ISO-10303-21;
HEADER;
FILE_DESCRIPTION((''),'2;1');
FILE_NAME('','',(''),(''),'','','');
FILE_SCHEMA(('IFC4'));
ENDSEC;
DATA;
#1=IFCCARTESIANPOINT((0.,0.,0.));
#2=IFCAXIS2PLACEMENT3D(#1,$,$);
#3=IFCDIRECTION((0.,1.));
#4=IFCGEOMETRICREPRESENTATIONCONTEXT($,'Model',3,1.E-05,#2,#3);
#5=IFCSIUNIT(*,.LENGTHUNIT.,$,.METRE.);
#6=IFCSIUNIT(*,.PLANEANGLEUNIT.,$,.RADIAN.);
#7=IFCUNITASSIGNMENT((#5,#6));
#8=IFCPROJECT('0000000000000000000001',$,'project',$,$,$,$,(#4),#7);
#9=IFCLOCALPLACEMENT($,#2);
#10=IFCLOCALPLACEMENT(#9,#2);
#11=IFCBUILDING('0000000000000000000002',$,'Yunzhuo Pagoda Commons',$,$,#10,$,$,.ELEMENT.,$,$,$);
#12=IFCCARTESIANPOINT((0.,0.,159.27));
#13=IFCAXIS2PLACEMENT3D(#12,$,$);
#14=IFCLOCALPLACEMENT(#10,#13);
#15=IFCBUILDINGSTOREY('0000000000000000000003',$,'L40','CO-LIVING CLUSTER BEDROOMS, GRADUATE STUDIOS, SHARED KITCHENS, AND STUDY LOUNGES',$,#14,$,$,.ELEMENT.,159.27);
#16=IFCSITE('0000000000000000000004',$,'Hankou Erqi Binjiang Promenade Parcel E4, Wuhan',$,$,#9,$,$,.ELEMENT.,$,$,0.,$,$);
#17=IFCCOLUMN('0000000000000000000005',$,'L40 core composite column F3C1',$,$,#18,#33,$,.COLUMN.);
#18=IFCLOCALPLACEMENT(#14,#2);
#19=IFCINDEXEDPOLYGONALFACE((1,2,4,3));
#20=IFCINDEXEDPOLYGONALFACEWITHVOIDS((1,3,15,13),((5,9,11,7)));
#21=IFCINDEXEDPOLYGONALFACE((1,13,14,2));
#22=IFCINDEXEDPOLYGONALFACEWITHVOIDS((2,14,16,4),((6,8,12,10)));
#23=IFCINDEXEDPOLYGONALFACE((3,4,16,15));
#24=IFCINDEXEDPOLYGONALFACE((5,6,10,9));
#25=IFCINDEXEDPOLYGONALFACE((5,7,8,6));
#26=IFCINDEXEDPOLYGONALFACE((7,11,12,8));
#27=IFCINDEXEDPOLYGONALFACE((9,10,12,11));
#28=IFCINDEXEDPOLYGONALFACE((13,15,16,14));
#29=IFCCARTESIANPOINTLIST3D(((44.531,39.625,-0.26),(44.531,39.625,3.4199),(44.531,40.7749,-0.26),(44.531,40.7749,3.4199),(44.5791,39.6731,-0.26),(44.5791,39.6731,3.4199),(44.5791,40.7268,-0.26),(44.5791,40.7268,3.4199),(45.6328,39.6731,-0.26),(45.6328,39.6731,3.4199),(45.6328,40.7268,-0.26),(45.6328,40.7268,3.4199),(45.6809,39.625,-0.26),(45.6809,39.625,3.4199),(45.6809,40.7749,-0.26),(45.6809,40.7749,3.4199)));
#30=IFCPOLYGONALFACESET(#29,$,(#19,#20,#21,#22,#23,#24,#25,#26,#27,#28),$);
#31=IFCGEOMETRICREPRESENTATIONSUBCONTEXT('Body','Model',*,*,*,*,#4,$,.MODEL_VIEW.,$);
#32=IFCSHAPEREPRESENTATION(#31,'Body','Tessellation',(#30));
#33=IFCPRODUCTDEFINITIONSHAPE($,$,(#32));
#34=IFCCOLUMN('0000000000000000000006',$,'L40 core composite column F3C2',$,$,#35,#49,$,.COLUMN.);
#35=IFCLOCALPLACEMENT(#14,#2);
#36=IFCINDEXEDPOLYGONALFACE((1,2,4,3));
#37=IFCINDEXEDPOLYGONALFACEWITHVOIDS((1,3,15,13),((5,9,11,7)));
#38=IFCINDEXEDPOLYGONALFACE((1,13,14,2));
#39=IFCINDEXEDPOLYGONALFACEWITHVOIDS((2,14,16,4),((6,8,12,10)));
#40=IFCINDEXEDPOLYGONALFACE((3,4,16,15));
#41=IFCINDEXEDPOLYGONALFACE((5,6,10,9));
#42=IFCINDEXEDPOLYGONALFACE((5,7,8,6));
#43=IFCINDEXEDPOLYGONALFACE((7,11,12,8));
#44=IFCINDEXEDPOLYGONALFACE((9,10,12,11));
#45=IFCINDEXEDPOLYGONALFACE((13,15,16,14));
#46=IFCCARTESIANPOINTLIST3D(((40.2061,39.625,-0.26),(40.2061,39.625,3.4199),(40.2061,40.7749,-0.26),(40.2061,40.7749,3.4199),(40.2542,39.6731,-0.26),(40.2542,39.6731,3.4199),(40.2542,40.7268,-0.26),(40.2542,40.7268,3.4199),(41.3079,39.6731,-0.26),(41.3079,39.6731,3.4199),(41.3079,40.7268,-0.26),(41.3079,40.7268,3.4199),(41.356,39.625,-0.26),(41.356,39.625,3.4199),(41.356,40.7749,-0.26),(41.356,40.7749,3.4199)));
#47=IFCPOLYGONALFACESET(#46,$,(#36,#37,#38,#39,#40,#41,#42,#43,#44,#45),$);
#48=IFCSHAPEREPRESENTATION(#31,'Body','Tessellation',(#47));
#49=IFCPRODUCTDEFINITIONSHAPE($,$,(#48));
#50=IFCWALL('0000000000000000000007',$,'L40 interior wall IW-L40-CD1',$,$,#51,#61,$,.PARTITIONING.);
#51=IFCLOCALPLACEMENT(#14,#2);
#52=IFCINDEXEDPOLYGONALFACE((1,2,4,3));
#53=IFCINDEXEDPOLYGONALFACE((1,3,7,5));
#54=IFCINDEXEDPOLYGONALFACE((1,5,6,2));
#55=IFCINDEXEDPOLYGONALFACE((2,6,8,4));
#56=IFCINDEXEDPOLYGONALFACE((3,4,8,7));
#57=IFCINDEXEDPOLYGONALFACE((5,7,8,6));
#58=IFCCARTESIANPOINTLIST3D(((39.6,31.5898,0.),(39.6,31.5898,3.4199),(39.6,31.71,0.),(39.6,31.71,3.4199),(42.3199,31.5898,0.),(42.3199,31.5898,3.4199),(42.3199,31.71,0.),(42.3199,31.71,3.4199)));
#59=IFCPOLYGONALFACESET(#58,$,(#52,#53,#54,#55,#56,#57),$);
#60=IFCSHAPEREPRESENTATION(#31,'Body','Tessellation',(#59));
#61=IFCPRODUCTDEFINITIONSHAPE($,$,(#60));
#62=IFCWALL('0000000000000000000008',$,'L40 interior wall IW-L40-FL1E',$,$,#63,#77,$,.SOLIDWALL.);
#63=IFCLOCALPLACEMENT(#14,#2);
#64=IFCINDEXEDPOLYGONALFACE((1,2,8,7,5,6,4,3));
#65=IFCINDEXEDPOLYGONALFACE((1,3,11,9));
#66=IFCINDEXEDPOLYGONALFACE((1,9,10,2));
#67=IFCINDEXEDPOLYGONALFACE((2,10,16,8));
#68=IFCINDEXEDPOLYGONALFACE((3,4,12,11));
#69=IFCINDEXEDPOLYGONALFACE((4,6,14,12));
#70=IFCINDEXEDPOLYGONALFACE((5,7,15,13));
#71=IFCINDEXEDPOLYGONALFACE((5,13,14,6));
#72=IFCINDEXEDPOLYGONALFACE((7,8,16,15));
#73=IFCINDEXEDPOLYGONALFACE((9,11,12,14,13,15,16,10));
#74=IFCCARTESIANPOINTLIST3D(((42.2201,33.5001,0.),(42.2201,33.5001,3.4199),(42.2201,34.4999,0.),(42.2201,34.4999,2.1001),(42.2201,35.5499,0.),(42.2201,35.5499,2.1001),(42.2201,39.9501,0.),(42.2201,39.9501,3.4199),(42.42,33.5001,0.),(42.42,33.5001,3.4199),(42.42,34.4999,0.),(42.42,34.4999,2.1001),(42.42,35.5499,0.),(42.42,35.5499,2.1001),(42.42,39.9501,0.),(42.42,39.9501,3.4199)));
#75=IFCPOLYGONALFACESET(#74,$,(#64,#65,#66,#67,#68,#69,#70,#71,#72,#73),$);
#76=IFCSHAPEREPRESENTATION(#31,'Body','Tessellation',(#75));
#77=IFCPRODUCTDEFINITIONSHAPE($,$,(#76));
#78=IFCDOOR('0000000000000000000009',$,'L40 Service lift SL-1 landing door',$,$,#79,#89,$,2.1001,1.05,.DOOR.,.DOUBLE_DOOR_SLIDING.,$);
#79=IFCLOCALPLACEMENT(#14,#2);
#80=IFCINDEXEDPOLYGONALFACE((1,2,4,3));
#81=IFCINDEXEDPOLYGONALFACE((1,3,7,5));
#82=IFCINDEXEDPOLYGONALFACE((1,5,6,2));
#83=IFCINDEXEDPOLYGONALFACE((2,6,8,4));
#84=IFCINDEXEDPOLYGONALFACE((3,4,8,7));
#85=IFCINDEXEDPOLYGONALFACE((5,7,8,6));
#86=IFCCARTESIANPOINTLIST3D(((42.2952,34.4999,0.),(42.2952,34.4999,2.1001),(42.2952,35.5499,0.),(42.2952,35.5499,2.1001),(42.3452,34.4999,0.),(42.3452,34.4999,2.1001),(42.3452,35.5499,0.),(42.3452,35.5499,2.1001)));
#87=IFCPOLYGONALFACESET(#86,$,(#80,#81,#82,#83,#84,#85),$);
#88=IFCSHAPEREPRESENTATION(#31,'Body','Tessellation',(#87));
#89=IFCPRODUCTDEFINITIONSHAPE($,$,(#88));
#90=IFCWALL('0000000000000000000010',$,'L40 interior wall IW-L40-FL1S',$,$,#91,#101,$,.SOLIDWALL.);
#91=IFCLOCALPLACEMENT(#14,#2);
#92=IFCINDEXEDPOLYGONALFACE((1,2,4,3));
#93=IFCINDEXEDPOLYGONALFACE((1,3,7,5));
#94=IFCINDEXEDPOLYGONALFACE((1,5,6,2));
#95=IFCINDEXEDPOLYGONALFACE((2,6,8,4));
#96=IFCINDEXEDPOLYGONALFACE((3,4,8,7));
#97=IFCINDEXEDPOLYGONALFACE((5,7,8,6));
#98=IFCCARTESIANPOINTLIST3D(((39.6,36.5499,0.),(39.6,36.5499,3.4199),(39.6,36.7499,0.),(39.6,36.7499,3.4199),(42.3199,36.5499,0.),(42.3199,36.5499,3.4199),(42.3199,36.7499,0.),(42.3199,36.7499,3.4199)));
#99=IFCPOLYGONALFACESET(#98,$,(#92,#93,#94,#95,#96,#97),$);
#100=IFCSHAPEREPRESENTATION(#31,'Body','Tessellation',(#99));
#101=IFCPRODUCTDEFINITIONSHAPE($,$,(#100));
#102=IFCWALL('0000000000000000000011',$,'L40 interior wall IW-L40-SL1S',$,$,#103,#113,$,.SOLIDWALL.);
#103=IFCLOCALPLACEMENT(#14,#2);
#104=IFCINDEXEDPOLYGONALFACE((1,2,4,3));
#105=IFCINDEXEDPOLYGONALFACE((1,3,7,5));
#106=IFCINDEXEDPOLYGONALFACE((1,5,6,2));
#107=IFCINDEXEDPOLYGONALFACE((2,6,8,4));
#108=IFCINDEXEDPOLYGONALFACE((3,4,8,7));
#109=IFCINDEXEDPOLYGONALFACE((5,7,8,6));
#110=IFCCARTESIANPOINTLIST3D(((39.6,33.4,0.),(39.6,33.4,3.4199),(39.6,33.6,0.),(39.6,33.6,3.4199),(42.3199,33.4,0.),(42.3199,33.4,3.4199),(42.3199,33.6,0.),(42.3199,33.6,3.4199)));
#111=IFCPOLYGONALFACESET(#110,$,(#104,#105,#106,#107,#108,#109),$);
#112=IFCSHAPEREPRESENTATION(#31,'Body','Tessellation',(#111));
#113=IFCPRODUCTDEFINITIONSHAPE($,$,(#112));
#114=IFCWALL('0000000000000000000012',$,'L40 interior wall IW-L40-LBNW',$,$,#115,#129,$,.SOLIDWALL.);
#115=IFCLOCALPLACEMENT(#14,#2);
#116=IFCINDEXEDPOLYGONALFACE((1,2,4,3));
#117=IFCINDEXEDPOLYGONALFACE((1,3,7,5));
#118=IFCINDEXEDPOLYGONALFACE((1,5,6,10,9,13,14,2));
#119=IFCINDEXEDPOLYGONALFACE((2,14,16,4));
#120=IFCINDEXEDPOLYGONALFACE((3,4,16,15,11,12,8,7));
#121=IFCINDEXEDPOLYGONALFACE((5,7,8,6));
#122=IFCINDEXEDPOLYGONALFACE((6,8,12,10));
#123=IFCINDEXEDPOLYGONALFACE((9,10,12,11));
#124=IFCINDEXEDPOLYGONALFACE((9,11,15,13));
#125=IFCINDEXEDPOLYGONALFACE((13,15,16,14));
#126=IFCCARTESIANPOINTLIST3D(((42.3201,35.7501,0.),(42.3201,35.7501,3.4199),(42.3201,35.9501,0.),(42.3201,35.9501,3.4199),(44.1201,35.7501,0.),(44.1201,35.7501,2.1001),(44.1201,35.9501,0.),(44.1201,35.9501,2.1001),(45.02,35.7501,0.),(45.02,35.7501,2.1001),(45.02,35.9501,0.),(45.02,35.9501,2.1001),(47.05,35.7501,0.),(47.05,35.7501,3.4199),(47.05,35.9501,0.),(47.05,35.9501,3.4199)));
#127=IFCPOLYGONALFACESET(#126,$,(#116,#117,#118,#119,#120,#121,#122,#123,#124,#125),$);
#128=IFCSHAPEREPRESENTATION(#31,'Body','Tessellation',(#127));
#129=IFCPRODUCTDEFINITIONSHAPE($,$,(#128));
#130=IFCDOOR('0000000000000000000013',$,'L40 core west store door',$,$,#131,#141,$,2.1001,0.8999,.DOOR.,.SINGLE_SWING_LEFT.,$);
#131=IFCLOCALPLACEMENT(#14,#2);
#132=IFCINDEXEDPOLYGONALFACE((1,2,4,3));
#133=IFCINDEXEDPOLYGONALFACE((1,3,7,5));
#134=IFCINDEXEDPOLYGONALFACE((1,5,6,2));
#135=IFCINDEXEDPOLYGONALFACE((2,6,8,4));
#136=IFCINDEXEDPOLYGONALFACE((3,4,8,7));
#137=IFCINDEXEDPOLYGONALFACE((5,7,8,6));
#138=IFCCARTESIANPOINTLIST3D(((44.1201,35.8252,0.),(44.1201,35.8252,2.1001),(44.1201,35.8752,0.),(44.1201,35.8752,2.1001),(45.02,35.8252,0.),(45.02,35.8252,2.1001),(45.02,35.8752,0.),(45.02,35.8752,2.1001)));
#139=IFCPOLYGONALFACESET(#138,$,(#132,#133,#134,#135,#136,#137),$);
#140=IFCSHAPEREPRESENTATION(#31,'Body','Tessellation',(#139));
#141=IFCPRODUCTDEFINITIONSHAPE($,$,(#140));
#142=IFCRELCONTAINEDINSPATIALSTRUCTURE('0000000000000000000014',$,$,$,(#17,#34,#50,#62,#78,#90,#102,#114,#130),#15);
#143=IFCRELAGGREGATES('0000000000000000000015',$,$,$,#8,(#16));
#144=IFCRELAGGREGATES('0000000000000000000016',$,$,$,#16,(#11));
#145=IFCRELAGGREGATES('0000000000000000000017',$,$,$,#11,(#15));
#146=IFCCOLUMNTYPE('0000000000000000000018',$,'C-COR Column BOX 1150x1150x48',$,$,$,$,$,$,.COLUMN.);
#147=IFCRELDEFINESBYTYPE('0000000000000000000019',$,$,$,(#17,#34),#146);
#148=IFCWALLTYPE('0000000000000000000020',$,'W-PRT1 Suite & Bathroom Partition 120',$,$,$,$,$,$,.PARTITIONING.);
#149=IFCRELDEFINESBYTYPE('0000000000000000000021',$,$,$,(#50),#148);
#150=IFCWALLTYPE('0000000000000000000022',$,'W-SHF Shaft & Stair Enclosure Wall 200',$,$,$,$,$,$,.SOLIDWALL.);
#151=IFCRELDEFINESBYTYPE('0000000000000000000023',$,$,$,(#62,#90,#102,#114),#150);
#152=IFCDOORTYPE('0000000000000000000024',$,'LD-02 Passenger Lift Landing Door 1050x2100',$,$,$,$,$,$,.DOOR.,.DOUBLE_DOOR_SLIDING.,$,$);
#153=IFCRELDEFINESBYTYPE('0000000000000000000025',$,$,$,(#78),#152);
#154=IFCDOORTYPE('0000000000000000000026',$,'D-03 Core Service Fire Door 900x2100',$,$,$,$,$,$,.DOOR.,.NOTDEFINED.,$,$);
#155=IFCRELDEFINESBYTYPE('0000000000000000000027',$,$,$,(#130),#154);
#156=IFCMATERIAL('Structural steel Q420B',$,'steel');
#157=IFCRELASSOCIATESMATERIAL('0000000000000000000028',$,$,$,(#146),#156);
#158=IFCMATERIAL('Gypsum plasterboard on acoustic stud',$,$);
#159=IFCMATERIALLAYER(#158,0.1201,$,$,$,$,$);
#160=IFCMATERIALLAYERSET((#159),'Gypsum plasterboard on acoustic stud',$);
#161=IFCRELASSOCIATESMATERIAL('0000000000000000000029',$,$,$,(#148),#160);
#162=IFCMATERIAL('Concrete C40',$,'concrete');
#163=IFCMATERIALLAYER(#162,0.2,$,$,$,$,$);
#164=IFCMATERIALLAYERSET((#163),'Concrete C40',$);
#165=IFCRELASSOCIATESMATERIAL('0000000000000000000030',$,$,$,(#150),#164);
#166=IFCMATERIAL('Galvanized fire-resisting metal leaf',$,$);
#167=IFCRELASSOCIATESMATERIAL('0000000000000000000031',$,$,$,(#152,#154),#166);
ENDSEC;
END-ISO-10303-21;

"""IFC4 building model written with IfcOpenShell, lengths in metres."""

from ifc_helpers import new_model, si_unit, direction, frame, frame_2d, origin, origin_with_axes, origin_2d, place, context, subcontext, project, spatial, rectangle, hollow_rectangle, extrude, source, transform, mapped, material, layer, layer_set, material_profile, profile_set, type_object, element, fill, save


model = new_model("IFC4")

# Units and contexts
model_context = context("Model", 3, precision=1e-05, world=origin(), true_north=direction((0.0, 1.0)))
body_context = subcontext(model_context, "Body", "Model", "MODEL_VIEW")
ifc_project = project(units=[si_unit("LENGTHUNIT", "METRE"), si_unit("PLANEANGLEUNIT", "RADIAN")], contexts=[model_context])

# Site, building, storey
site_placement = place(None, origin())
site = spatial("IfcSite", under=ifc_project, at=site_placement, Name="Hankou Erqi Binjiang Promenade Parcel E4, Wuhan", CompositionType="ELEMENT", RefElevation=0.0)
building_placement = place(site_placement, origin())
building = spatial("IfcBuilding", under=site, at=building_placement, Name="Yunzhuo Pagoda Commons", CompositionType="ELEMENT")
storey_placement = place(building_placement, frame((0.0, 0.0, 159.27)))
storey = spatial("IfcBuildingStorey", under=building, at=storey_placement, Name="L40", Description="CO-LIVING CLUSTER BEDROOMS, GRADUATE STUDIOS, SHARED KITCHENS, AND STUDY LOUNGES", CompositionType="ELEMENT", Elevation=159.27)

# Columns
ifc_material_1 = material(Name="Structural steel Q420B", Category="steel")
ifc_material_profile = material_profile(ifc_material_1, hollow_rectangle(XDim=1.1499, YDim=1.1499, WallThickness=0.0481, at=origin_2d()), Name="Structural steel Q420B")
ifc_profile_set = profile_set([ifc_material_profile], Name="Structural steel Q420B")
column_type = type_object("IfcColumnType", Name="C-COR Column BOX 1150x1150x48", PredefinedType="COLUMN", material=ifc_profile_set)
shared_shape_1 = source(origin(), body_context, "Body", "SweptSolid", [
    extrude(hollow_rectangle(XDim=1.1499, YDim=1.1499, WallThickness=0.0481, at=origin_2d()), origin(), (0.0, 0.0, 1.0), 3.6799),
])
for number, where, z_axis, x_axis, name in (
    (1, (45.106, 40.2, -0.26), (0.0, 0.0, 1.0), (1.0, 0.0, 0.0), "L40 core composite column F3C1"),
    (2, (40.781, 40.2, -0.26), (0.0, 0.0, 1.0), (1.0, 0.0, 0.0), "L40 core composite column F3C2"),
):
    element("IfcColumn", number, at=place(storey_placement, frame(where, z_axis=z_axis, x_axis=x_axis)), inside=storey, type_object=column_type, Name=name, PredefinedType="COLUMN", context=body_context, shape_type="MappedRepresentation", body=[
        mapped(shared_shape_1, transform((0.0, 0.0, 0.0), scale=1.0)),
    ])

# Wall
ifc_material_2 = material(Name="Gypsum plasterboard on acoustic stud")
ifc_layer_1 = layer(ifc_material_2, 0.1201)
ifc_layer_set_1 = layer_set([ifc_layer_1], Name="Gypsum plasterboard on acoustic stud")
wall_type_1 = type_object("IfcWallType", Name="W-PRT1 Suite & Bathroom Partition 120", PredefinedType="PARTITIONING", material=ifc_layer_set_1)
wall_1_placement = place(storey_placement, frame((39.6001, 31.6499, 0.0), z_axis=(0.0, 0.0, 1.0), x_axis=(1.0, 0.0, 0.0)))
element("IfcWall", 3, at=wall_1_placement, inside=storey, type_object=wall_type_1, Name="L40 interior wall IW-L40-CD1", PredefinedType="PARTITIONING", context=body_context, shape_type="SweptSolid", body=[
    extrude(rectangle(XDim=2.72, YDim=0.1201, at=frame_2d((1.3599, 0.0))), origin(), (0.0, 0.0, 1.0), 3.4199),
])

# Wall, opening, door
ifc_material_3 = material(Name="Concrete C40", Category="concrete")
ifc_layer_2 = layer(ifc_material_3, 0.2)
ifc_layer_set_2 = layer_set([ifc_layer_2], Name="Concrete C40")
wall_type_2 = type_object("IfcWallType", Name="W-SHF Shaft & Stair Enclosure Wall 200", PredefinedType="SOLIDWALL", material=ifc_layer_set_2)
wall_2_placement = place(storey_placement, frame((42.3201, 33.5, 0.0), z_axis=(0.0, 0.0, 1.0), x_axis=(0.0, 1.0, 0.0)))
wall_2 = element("IfcWall", 4, at=wall_2_placement, inside=storey, type_object=wall_type_2, Name="L40 interior wall IW-L40-FL1E", PredefinedType="SOLIDWALL", context=body_context, shape_type="SweptSolid", body=[
    extrude(rectangle(XDim=6.45, YDim=0.2, at=frame_2d((3.2251, 0.0))), origin(), (0.0, 0.0, 1.0), 3.4199),
])
opening_1_placement = place(wall_2_placement, frame((1.0, 0.0, 0.0)))
opening_1 = element("IfcOpeningElement", 5, at=opening_1_placement, cuts=wall_2, PredefinedType="OPENING", context=body_context, shape_type="SweptSolid", body=[
    extrude(rectangle(XDim=1.05, YDim=2.1001, at=frame_2d((0.5249, 1.05))), frame((0.0, 0.1099, 0.0), z_axis=(0.0, -1.0, 0.0), x_axis=(1.0, 0.0, 0.0)), (0.0, 0.0, 1.0), 0.22),
])
ifc_material_4 = material(Name="Galvanized fire-resisting metal leaf")
door_type_1 = type_object("IfcDoorType", Name="LD-02 Passenger Lift Landing Door 1050x2100", OperationType="DOUBLE_DOOR_SLIDING", PredefinedType="DOOR", material=ifc_material_4)
shared_shape_2 = source(origin(), body_context, "Body", "SweptSolid", [
    extrude(rectangle(XDim=1.05, YDim=2.1001, at=frame_2d((0.5249, 1.05))), frame((0.0, 0.0249, 0.0), z_axis=(0.0, -1.0, 0.0), x_axis=(1.0, 0.0, 0.0)), (0.0, 0.0, 1.0), 0.05),
])
door_1_placement = place(opening_1_placement, origin_with_axes())
door_1 = element("IfcDoor", 6, at=door_1_placement, inside=storey, type_object=door_type_1, Name="L40 Service lift SL-1 landing door", OperationType="DOUBLE_DOOR_SLIDING", OverallHeight=2.1001, OverallWidth=1.05, PredefinedType="DOOR", context=body_context, shape_type="MappedRepresentation", body=[
    mapped(shared_shape_2, transform((0.0, 0.0, 0.0), scale=1.0)),
])
fill(opening_1, door_1)

# Walls
for number, where, z_axis, x_axis, name in (
    (7, (39.6001, 36.6499, 0.0), (0.0, 0.0, 1.0), (1.0, 0.0, 0.0), "L40 interior wall IW-L40-FL1S"),
    (8, (39.6001, 33.5, 0.0), (0.0, 0.0, 1.0), (1.0, 0.0, 0.0), "L40 interior wall IW-L40-SL1S"),
):
    element("IfcWall", number, at=place(storey_placement, frame(where, z_axis=z_axis, x_axis=x_axis)), inside=storey, type_object=wall_type_2, Name=name, PredefinedType="SOLIDWALL", context=body_context, shape_type="SweptSolid", body=[
        extrude(rectangle(XDim=2.72, YDim=0.2, at=frame_2d((1.3599, 0.0))), origin(), (0.0, 0.0, 1.0), 3.4199),
    ])

# Wall, opening, door
wall_3_placement = place(storey_placement, frame((42.3201, 35.8501, 0.0), z_axis=(0.0, 0.0, 1.0), x_axis=(1.0, 0.0, 0.0)))
wall_3 = element("IfcWall", 9, at=wall_3_placement, inside=storey, type_object=wall_type_2, Name="L40 interior wall IW-L40-LBNW", PredefinedType="SOLIDWALL", context=body_context, shape_type="SweptSolid", body=[
    extrude(rectangle(XDim=4.73, YDim=0.2, at=frame_2d((2.365, 0.0))), origin(), (0.0, 0.0, 1.0), 3.4199),
])
opening_2_placement = place(wall_3_placement, frame((1.8, 0.0, 0.0)))
opening_2 = element("IfcOpeningElement", 10, at=opening_2_placement, cuts=wall_3, PredefinedType="OPENING", context=body_context, shape_type="SweptSolid", body=[
    extrude(rectangle(XDim=0.8999, YDim=2.1001, at=frame_2d((0.45, 1.05))), frame((0.0, 0.1099, 0.0), z_axis=(0.0, -1.0, 0.0), x_axis=(1.0, 0.0, 0.0)), (0.0, 0.0, 1.0), 0.22),
])
door_type_2 = type_object("IfcDoorType", Name="D-03 Core Service Fire Door 900x2100", OperationType="NOTDEFINED", PredefinedType="DOOR", material=ifc_material_4)
shared_shape_3 = source(origin(), body_context, "Body", "SweptSolid", [
    extrude(rectangle(XDim=0.8999, YDim=2.1001, at=frame_2d((0.45, 1.05))), frame((0.0, 0.0249, 0.0), z_axis=(0.0, -1.0, 0.0), x_axis=(1.0, 0.0, 0.0)), (0.0, 0.0, 1.0), 0.05),
])
door_2_placement = place(opening_2_placement, frame((0.8999, 0.0, 0.0), z_axis=(0.0, 0.0, 1.0), x_axis=(-1.0, 0.0, 0.0)))
door_2 = element("IfcDoor", 11, at=door_2_placement, inside=storey, type_object=door_type_2, Name="L40 core west store door", OperationType="SINGLE_SWING_LEFT", OverallHeight=2.1001, OverallWidth=0.8999, PredefinedType="DOOR", context=body_context, shape_type="MappedRepresentation", body=[
    mapped(shared_shape_3, transform((0.0, 0.0, 0.0), scale=1.0)),
])
fill(opening_2, door_2)

save(model, "model.ifc")
